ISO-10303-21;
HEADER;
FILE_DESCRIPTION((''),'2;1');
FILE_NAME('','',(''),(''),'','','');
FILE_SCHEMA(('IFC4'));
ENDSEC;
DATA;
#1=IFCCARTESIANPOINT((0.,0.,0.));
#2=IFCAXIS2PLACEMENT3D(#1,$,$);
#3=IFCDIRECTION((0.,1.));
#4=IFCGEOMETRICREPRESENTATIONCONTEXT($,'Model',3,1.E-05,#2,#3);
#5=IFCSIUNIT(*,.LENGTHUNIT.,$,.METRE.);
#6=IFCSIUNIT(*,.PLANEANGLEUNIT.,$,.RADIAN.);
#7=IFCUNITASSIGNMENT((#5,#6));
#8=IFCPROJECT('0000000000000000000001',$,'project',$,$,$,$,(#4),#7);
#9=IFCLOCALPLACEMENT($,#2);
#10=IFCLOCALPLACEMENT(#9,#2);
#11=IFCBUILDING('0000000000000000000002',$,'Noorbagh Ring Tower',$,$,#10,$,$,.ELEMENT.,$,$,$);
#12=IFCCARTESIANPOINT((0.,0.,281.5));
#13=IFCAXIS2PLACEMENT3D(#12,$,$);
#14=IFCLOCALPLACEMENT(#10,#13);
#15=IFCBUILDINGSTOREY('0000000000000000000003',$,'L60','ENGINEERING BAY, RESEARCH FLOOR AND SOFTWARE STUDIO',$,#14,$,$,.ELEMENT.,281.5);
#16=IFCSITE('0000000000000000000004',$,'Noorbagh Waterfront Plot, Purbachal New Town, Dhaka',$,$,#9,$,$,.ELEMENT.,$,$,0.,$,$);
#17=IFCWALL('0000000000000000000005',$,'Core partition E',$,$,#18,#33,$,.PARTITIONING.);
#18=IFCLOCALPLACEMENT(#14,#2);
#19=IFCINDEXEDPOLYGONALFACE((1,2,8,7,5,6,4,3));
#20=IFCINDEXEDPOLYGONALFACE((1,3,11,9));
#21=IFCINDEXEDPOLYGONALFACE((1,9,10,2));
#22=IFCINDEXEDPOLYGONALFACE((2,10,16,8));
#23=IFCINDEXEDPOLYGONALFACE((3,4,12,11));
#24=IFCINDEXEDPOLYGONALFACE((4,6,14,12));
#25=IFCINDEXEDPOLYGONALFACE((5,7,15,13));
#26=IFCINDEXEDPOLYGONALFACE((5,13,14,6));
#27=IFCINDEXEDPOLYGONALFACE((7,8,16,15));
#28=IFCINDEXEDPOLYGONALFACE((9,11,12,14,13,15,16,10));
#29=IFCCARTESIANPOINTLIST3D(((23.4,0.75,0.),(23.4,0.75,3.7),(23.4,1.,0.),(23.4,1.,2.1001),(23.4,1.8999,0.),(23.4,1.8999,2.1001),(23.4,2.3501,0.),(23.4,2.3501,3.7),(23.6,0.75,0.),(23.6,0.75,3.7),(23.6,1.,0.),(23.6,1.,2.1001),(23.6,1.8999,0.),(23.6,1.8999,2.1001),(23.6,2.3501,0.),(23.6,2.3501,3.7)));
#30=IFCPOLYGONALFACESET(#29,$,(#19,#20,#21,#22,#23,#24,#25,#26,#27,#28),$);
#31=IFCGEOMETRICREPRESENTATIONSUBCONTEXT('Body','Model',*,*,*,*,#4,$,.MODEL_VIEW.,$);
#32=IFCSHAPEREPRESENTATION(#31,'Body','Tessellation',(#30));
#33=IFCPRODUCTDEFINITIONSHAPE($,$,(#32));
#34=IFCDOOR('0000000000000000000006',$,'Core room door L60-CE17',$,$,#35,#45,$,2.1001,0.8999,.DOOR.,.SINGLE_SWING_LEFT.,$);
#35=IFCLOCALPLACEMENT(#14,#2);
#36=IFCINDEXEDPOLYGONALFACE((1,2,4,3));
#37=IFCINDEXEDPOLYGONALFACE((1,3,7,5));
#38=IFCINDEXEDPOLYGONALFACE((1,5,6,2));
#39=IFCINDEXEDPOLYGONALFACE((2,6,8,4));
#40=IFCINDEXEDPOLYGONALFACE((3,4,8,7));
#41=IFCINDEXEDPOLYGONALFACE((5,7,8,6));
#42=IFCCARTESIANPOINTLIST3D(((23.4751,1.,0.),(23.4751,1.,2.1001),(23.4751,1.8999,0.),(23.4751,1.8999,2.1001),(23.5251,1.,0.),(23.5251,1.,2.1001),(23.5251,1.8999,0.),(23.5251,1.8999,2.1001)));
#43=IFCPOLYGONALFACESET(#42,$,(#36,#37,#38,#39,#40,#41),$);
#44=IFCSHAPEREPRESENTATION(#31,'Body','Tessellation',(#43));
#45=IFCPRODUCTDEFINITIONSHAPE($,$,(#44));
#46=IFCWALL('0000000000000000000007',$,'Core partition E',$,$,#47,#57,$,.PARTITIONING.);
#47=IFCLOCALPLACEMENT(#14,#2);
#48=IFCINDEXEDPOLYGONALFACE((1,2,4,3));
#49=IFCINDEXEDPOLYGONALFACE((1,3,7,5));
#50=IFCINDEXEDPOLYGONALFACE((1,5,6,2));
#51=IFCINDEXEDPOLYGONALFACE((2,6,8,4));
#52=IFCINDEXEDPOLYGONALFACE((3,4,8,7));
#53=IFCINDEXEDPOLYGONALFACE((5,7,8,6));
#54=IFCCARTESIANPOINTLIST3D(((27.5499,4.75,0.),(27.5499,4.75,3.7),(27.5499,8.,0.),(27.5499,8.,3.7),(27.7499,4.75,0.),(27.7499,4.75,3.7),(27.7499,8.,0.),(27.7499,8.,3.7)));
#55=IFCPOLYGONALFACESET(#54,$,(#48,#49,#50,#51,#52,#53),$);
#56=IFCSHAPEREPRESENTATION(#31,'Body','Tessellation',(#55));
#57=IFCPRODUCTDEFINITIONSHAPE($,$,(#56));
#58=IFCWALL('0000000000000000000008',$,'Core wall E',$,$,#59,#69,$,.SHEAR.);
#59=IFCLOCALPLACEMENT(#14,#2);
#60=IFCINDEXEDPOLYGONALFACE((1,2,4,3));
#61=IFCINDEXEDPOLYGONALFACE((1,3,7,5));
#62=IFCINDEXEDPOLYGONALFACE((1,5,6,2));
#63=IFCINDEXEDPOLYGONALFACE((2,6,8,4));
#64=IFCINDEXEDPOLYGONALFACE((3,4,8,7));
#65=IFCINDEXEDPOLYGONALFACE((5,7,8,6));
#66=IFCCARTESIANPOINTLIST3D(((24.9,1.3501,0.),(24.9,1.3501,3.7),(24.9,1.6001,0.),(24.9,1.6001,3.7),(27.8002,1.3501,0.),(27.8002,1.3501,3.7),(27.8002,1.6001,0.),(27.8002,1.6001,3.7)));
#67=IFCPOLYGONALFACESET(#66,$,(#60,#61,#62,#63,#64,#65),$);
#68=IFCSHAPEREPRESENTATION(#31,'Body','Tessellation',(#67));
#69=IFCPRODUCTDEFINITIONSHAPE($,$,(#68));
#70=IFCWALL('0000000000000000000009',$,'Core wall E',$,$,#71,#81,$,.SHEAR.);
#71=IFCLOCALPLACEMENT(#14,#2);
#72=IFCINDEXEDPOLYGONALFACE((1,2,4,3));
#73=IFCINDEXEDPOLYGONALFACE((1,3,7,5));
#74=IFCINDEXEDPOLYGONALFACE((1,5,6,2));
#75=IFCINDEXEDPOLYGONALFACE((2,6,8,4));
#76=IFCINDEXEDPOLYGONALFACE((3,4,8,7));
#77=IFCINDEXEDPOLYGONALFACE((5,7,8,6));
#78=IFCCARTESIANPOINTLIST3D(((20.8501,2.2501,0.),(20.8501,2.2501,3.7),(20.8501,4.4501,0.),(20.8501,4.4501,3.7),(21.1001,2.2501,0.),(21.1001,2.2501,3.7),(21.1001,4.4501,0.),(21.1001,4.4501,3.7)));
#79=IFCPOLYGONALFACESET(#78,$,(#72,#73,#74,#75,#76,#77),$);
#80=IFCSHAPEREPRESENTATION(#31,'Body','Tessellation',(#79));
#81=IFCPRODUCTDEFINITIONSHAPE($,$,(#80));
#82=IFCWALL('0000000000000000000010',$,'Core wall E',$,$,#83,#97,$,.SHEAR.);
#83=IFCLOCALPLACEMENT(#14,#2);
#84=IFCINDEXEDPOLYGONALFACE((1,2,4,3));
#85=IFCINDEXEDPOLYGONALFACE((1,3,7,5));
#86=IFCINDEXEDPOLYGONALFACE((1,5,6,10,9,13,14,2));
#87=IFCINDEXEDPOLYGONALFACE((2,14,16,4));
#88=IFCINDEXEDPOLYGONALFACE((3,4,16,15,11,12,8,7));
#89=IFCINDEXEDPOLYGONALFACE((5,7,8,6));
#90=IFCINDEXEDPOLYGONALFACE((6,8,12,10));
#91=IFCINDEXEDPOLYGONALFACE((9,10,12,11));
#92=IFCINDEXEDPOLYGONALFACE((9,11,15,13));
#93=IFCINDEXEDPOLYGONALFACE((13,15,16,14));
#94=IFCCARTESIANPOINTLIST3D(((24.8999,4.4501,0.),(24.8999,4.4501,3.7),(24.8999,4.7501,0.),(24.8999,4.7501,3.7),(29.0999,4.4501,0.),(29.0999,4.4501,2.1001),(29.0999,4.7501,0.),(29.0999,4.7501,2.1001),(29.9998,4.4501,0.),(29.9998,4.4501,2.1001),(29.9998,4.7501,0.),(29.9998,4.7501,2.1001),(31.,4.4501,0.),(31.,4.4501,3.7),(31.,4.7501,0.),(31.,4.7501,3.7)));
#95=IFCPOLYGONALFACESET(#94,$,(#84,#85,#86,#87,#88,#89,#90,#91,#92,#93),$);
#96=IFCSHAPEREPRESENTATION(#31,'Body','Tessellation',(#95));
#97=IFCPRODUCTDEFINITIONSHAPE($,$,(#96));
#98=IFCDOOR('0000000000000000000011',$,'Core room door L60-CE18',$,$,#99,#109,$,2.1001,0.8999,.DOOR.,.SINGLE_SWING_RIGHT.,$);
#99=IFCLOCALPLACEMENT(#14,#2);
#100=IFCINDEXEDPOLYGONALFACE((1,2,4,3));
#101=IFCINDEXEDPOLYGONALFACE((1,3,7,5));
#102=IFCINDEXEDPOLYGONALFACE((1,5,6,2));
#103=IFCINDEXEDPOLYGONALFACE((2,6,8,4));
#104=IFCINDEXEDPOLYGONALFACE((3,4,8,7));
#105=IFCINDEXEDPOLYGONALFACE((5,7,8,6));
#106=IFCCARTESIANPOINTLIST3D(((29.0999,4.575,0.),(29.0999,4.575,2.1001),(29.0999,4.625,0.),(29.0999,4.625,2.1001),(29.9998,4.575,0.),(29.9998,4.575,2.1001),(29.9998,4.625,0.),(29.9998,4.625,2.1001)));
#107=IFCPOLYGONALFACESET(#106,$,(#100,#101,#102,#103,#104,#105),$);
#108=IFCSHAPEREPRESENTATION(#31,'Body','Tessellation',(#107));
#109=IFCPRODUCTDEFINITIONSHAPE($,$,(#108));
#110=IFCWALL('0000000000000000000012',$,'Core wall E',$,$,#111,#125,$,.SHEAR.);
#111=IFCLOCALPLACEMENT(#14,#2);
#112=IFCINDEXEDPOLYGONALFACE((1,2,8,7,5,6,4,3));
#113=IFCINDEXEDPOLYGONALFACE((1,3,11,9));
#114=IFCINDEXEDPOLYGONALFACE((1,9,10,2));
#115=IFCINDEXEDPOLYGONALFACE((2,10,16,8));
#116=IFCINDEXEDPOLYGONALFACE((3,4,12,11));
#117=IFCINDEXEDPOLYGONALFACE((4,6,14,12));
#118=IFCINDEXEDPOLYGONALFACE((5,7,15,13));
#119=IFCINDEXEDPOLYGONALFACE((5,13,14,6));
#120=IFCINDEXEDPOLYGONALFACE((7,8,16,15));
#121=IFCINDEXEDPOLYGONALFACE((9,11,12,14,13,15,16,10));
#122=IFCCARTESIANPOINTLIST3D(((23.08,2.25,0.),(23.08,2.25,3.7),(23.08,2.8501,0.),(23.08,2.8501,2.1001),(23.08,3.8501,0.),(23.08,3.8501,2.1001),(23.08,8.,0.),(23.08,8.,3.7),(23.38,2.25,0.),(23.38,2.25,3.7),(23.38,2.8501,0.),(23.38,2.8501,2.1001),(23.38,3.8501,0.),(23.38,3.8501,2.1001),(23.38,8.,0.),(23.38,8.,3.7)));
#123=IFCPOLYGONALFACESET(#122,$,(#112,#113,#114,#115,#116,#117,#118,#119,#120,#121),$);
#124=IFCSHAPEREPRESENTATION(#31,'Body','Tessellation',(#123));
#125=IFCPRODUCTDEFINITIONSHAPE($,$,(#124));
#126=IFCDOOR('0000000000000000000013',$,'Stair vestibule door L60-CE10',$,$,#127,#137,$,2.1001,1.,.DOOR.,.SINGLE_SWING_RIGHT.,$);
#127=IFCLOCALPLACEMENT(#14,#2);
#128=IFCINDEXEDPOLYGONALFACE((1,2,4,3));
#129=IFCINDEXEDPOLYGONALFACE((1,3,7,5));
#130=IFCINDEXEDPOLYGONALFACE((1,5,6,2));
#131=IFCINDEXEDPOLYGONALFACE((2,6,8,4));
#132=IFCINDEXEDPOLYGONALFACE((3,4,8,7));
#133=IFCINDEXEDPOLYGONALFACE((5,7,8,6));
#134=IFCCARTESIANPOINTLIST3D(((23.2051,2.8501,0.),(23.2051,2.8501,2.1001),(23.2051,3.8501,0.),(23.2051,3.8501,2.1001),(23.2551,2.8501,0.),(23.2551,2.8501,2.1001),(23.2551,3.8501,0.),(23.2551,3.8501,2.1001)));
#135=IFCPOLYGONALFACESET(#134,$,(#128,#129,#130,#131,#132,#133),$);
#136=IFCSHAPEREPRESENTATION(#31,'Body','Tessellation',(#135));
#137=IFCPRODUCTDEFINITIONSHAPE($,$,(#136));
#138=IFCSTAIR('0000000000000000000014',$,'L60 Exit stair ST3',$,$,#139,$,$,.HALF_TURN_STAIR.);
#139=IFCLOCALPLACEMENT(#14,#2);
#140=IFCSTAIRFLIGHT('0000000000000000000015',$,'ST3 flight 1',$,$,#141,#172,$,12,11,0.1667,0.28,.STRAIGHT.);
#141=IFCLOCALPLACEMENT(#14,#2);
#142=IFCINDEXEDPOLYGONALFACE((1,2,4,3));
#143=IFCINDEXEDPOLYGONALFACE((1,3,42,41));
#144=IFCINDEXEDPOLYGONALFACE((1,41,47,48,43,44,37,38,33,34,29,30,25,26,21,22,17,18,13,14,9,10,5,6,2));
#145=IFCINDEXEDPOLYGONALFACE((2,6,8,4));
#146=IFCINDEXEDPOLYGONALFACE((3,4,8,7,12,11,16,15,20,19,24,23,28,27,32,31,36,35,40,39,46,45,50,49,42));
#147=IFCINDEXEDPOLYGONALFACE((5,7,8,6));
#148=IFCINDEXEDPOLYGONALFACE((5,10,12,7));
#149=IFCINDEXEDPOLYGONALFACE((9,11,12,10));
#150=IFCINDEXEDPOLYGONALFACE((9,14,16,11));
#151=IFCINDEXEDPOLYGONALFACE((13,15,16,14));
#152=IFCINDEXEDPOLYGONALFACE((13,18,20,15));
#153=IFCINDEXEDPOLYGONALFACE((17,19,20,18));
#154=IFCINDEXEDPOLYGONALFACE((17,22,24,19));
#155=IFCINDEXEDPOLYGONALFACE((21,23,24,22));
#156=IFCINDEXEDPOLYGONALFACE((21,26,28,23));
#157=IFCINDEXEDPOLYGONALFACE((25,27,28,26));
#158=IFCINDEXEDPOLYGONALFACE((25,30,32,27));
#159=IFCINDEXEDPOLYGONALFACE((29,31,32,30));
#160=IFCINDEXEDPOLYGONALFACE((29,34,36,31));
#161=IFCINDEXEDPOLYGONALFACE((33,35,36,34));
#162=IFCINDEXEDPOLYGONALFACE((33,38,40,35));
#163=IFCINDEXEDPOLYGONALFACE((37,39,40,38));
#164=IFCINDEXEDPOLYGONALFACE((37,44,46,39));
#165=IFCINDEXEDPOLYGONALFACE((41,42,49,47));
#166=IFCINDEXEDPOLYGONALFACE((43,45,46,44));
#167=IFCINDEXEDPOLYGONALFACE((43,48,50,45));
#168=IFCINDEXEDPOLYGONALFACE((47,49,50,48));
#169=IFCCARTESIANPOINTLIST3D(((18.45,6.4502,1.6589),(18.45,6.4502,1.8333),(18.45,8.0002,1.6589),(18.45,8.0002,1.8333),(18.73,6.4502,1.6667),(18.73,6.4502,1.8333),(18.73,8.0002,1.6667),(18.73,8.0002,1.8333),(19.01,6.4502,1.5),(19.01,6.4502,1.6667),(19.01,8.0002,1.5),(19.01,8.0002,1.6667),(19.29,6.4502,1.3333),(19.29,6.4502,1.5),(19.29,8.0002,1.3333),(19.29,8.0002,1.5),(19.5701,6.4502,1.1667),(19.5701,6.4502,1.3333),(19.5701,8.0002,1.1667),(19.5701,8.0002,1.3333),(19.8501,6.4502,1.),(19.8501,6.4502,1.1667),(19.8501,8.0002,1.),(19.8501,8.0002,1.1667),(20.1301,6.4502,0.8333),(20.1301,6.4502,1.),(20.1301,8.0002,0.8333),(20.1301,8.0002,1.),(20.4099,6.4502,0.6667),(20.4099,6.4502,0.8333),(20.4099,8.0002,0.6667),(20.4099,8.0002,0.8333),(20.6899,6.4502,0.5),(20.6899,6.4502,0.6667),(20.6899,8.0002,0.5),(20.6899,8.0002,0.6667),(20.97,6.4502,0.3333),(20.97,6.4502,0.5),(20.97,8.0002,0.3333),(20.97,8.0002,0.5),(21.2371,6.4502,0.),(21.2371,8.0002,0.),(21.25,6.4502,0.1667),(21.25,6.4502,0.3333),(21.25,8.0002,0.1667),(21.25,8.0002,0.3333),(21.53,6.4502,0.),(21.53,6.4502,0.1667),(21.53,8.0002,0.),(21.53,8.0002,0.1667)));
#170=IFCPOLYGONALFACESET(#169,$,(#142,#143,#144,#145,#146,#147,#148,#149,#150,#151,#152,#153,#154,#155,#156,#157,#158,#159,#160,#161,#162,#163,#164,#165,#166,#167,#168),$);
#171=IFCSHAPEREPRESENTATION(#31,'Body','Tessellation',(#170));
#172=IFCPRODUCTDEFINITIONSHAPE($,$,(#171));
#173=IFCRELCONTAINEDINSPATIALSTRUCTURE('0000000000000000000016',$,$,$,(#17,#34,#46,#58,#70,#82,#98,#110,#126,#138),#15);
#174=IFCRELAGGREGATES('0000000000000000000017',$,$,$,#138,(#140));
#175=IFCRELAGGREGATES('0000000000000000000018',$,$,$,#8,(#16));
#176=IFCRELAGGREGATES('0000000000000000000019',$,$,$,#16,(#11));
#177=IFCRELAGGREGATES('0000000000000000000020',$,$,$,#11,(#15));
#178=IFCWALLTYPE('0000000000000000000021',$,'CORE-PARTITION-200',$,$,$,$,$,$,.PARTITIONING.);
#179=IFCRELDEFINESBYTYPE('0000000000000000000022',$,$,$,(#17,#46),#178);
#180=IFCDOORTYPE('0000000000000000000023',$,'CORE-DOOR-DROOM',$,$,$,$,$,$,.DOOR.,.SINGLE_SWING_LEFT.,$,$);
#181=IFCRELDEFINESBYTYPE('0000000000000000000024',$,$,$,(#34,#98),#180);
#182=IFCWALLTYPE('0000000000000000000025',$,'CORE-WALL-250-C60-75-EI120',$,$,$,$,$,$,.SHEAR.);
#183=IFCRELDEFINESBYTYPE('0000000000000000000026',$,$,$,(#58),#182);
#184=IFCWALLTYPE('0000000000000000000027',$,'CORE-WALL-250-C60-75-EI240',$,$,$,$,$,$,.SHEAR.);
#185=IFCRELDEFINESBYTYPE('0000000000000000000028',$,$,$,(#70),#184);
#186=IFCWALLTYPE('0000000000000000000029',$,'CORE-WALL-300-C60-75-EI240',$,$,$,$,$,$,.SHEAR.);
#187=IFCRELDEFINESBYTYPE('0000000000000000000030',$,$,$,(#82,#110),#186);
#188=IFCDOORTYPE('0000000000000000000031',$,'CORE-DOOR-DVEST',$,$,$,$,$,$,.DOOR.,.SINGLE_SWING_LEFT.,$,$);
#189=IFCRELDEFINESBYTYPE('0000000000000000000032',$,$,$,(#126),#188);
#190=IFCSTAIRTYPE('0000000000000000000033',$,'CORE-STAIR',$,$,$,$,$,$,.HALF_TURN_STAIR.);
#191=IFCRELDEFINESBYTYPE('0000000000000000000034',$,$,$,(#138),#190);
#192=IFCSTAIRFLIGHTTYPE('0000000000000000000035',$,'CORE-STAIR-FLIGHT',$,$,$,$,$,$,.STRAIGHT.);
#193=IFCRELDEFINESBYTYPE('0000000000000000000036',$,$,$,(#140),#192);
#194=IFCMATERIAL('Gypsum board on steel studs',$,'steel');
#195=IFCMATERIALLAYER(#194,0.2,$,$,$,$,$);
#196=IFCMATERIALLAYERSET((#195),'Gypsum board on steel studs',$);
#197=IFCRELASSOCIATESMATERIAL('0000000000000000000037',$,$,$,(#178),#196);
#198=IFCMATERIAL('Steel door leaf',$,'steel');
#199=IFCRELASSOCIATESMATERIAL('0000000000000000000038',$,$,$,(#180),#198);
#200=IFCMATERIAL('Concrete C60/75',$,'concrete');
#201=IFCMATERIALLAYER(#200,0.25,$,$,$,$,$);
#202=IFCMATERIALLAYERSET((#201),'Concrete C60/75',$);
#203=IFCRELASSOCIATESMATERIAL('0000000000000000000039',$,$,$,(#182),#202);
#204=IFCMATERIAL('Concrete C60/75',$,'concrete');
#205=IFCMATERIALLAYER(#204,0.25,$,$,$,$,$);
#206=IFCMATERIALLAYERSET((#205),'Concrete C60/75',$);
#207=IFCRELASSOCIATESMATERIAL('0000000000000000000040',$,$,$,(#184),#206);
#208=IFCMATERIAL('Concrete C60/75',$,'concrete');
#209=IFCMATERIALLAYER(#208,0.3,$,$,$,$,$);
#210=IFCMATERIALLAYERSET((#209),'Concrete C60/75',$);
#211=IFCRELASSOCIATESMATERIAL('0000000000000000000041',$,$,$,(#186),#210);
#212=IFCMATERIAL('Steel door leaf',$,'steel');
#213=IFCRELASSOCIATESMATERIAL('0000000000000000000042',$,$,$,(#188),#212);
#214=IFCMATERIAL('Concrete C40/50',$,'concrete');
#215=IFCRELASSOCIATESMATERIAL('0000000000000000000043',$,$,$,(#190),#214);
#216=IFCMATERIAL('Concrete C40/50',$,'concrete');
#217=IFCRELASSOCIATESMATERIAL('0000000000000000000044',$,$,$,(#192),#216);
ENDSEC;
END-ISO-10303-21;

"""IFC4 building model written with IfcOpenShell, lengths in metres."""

from ifc_helpers import new_model, si_unit, direction, frame, frame_2d, origin, place, context, subcontext, project, spatial, polyline, rectangle, outline, extrude, material, layer, layer_set, type_object, element, fill, aggregate, save


model = new_model("IFC4")

# Units and contexts
model_context = context("Model", 3, precision=1e-05, world=origin(), true_north=direction((0.0, 1.0)))
body_context = subcontext(model_context, "Body", "Model", "MODEL_VIEW")
ifc_project = project(units=[si_unit("LENGTHUNIT", "METRE"), si_unit("PLANEANGLEUNIT", "RADIAN")], contexts=[model_context])

# Site, building, storey
site_placement = place(None, origin())
site = spatial("IfcSite", under=ifc_project, at=site_placement, Name="Noorbagh Waterfront Plot, Purbachal New Town, Dhaka", CompositionType="ELEMENT", RefElevation=0.0)
building_placement = place(site_placement, origin())
building = spatial("IfcBuilding", under=site, at=building_placement, Name="Noorbagh Ring Tower", CompositionType="ELEMENT")
storey_placement = place(building_placement, frame((0.0, 0.0, 281.5)))
storey = spatial("IfcBuildingStorey", under=building, at=storey_placement, Name="L60", Description="ENGINEERING BAY, RESEARCH FLOOR AND SOFTWARE STUDIO", CompositionType="ELEMENT", Elevation=281.5)

# Shared definitions
ifc_material_1 = material(Name="Gypsum board on steel studs", Category="steel")
ifc_layer_1 = layer(ifc_material_1, 0.2)
ifc_layer_set_1 = layer_set([ifc_layer_1], Name="Gypsum board on steel studs")
wall_type_1 = type_object("IfcWallType", Name="CORE-PARTITION-200", PredefinedType="PARTITIONING", material=ifc_layer_set_1)

# Wall, opening, door
wall_1_placement = place(storey_placement, frame((23.5, 0.75, 0.0), z_axis=(0.0, 0.0, 1.0), x_axis=(0.0, 1.0, 0.0)))
wall_1 = element("IfcWall", 1, at=wall_1_placement, inside=storey, type_object=wall_type_1, Name="Core partition E", PredefinedType="PARTITIONING", context=body_context, shape_type="SweptSolid", body=[
    extrude(rectangle(XDim=1.6001, YDim=0.2, at=frame_2d((0.8, 0.0))), origin(), (0.0, 0.0, 1.0), 3.7),
])
opening_1_placement = place(wall_1_placement, frame((0.25, 0.0, 0.0)))
opening_1 = element("IfcOpeningElement", 2, at=opening_1_placement, cuts=wall_1, PredefinedType="OPENING", context=body_context, shape_type="SweptSolid", body=[
    extrude(rectangle(XDim=0.8999, YDim=2.1001, at=frame_2d((0.45, 1.05))), frame((0.0, 0.1099, 0.0), z_axis=(0.0, -1.0, 0.0), x_axis=(1.0, 0.0, 0.0)), (0.0, 0.0, 1.0), 0.22),
])
ifc_material_2 = material(Name="Steel door leaf", Category="steel")
door_type_1 = type_object("IfcDoorType", Name="CORE-DOOR-DROOM", OperationType="SINGLE_SWING_LEFT", PredefinedType="DOOR", material=ifc_material_2)
door_1_placement = place(opening_1_placement, origin())
door_1 = element("IfcDoor", 3, at=door_1_placement, inside=storey, type_object=door_type_1, Name="Core room door L60-CE17", OperationType="SINGLE_SWING_LEFT", OverallHeight=2.1001, OverallWidth=0.8999, PredefinedType="DOOR", context=body_context, shape_type="SweptSolid", body=[
    extrude(rectangle(XDim=0.8999, YDim=2.1001, at=frame_2d((0.45, 1.05))), frame((0.0, 0.0249, 0.0), z_axis=(0.0, -1.0, 0.0), x_axis=(1.0, 0.0, 0.0)), (0.0, 0.0, 1.0), 0.05),
])
fill(opening_1, door_1)

# Walls
wall_2_placement = place(storey_placement, frame((27.6499, 4.75, 0.0), z_axis=(0.0, 0.0, 1.0), x_axis=(0.0, 1.0, 0.0)))
element("IfcWall", 4, at=wall_2_placement, inside=storey, type_object=wall_type_1, Name="Core partition E", PredefinedType="PARTITIONING", context=body_context, shape_type="SweptSolid", body=[
    extrude(rectangle(XDim=3.25, YDim=0.2, at=frame_2d((1.625, 0.0))), origin(), (0.0, 0.0, 1.0), 3.7),
])
ifc_material_3 = material(Name="Concrete C60/75", Category="concrete")
ifc_layer_2 = layer(ifc_material_3, 0.25)
ifc_layer_set_2 = layer_set([ifc_layer_2], Name="Concrete C60/75")
wall_type_2 = type_object("IfcWallType", Name="CORE-WALL-250-C60-75-EI120", PredefinedType="SHEAR", material=ifc_layer_set_2)
wall_3_placement = place(storey_placement, frame((24.8999, 1.4751, 0.0), z_axis=(0.0, 0.0, 1.0), x_axis=(1.0, 0.0, 0.0)))
element("IfcWall", 5, at=wall_3_placement, inside=storey, type_object=wall_type_2, Name="Core wall E", PredefinedType="SHEAR", context=body_context, shape_type="SweptSolid", body=[
    extrude(rectangle(XDim=2.9001, YDim=0.25, at=frame_2d((1.4502, 0.0))), origin(), (0.0, 0.0, 1.0), 3.7),
])
ifc_material_4 = material(Name="Concrete C60/75", Category="concrete")
ifc_layer_3 = layer(ifc_material_4, 0.25)
ifc_layer_set_3 = layer_set([ifc_layer_3], Name="Concrete C60/75")
wall_type_3 = type_object("IfcWallType", Name="CORE-WALL-250-C60-75-EI240", PredefinedType="SHEAR", material=ifc_layer_set_3)
wall_4_placement = place(storey_placement, frame((20.9751, 2.25, 0.0), z_axis=(0.0, 0.0, 1.0), x_axis=(0.0, 1.0, 0.0)))
element("IfcWall", 6, at=wall_4_placement, inside=storey, type_object=wall_type_3, Name="Core wall E", PredefinedType="SHEAR", context=body_context, shape_type="SweptSolid", body=[
    extrude(rectangle(XDim=2.2, YDim=0.25, at=frame_2d((1.1001, 0.0))), origin(), (0.0, 0.0, 1.0), 3.7),
])

# Walls, openings, doors
ifc_material_5 = material(Name="Concrete C60/75", Category="concrete")
ifc_layer_4 = layer(ifc_material_5, 0.3)
ifc_layer_set_4 = layer_set([ifc_layer_4], Name="Concrete C60/75")
wall_type_4 = type_object("IfcWallType", Name="CORE-WALL-300-C60-75-EI240", PredefinedType="SHEAR", material=ifc_layer_set_4)
wall_5_placement = place(storey_placement, frame((24.8999, 4.6001, 0.0), z_axis=(0.0, 0.0, 1.0), x_axis=(1.0, 0.0, 0.0)))
wall_5 = element("IfcWall", 7, at=wall_5_placement, inside=storey, type_object=wall_type_4, Name="Core wall E", PredefinedType="SHEAR", context=body_context, shape_type="SweptSolid", body=[
    extrude(rectangle(XDim=6.1001, YDim=0.3, at=frame_2d((3.05, 0.0))), origin(), (0.0, 0.0, 1.0), 3.7),
])
opening_2_placement = place(wall_5_placement, frame((4.2, 0.0, 0.0)))
opening_2 = element("IfcOpeningElement", 8, at=opening_2_placement, cuts=wall_5, PredefinedType="OPENING", context=body_context, shape_type="SweptSolid", body=[
    extrude(rectangle(XDim=0.8999, YDim=2.1001, at=frame_2d((0.45, 1.05))), frame((0.0, 0.1602, 0.0), z_axis=(0.0, -1.0, 0.0), x_axis=(1.0, 0.0, 0.0)), (0.0, 0.0, 1.0), 0.3201),
])
door_2_placement = place(opening_2_placement, origin())
door_2 = element("IfcDoor", 9, at=door_2_placement, inside=storey, type_object=door_type_1, Name="Core room door L60-CE18", OperationType="SINGLE_SWING_RIGHT", OverallHeight=2.1001, OverallWidth=0.8999, PredefinedType="DOOR", context=body_context, shape_type="SweptSolid", body=[
    extrude(rectangle(XDim=0.8999, YDim=2.1001, at=frame_2d((0.45, 1.05))), frame((0.0, 0.0249, 0.0), z_axis=(0.0, -1.0, 0.0), x_axis=(1.0, 0.0, 0.0)), (0.0, 0.0, 1.0), 0.05),
])
fill(opening_2, door_2)
wall_6_placement = place(storey_placement, frame((23.23, 2.25, 0.0), z_axis=(0.0, 0.0, 1.0), x_axis=(0.0, 1.0, 0.0)))
wall_6 = element("IfcWall", 10, at=wall_6_placement, inside=storey, type_object=wall_type_4, Name="Core wall E", PredefinedType="SHEAR", context=body_context, shape_type="SweptSolid", body=[
    extrude(rectangle(XDim=5.75, YDim=0.3, at=frame_2d((2.875, 0.0))), origin(), (0.0, 0.0, 1.0), 3.7),
])
opening_3_placement = place(wall_6_placement, frame((0.6001, 0.0, 0.0)))
opening_3 = element("IfcOpeningElement", 11, at=opening_3_placement, cuts=wall_6, PredefinedType="OPENING", context=body_context, shape_type="SweptSolid", body=[
    extrude(rectangle(XDim=1.0, YDim=2.1001, at=frame_2d((0.5, 1.05))), frame((0.0, 0.1602, 0.0), z_axis=(0.0, -1.0, 0.0), x_axis=(1.0, 0.0, 0.0)), (0.0, 0.0, 1.0), 0.3201),
])
ifc_material_6 = material(Name="Steel door leaf", Category="steel")
door_type_2 = type_object("IfcDoorType", Name="CORE-DOOR-DVEST", OperationType="SINGLE_SWING_LEFT", PredefinedType="DOOR", material=ifc_material_6)
door_3_placement = place(opening_3_placement, origin())
door_3 = element("IfcDoor", 12, at=door_3_placement, inside=storey, type_object=door_type_2, Name="Stair vestibule door L60-CE10", OperationType="SINGLE_SWING_RIGHT", OverallHeight=2.1001, OverallWidth=1.0, PredefinedType="DOOR", context=body_context, shape_type="SweptSolid", body=[
    extrude(rectangle(XDim=1.0, YDim=2.1001, at=frame_2d((0.5, 1.05))), frame((0.0, 0.0249, 0.0), z_axis=(0.0, -1.0, 0.0), x_axis=(1.0, 0.0, 0.0)), (0.0, 0.0, 1.0), 0.05),
])
fill(opening_3, door_3)

# Stair, stair flight
ifc_material_7 = material(Name="Concrete C40/50", Category="concrete")
stair_type = type_object("IfcStairType", Name="CORE-STAIR", PredefinedType="HALF_TURN_STAIR", material=ifc_material_7)
stair_placement = place(storey_placement, origin())
stair = element("IfcStair", 13, at=stair_placement, inside=storey, type_object=stair_type, Name="L60 Exit stair ST3", PredefinedType="HALF_TURN_STAIR")
ifc_material_8 = material(Name="Concrete C40/50", Category="concrete")
stair_flight_type = type_object("IfcStairFlightType", Name="CORE-STAIR-FLIGHT", PredefinedType="STRAIGHT", material=ifc_material_8)
stair_flight_placement = place(storey_placement, frame((21.53, 7.2251, 0.0), z_axis=(0.0, 0.0, 1.0), x_axis=(-1.0, 0.0, 0.0)))
stair_flight = element("IfcStairFlight", 14, at=stair_flight_placement, type_object=stair_flight_type, Name="ST3 flight 1", NumberOfRisers=12, NumberOfTreads=11, PredefinedType="STRAIGHT", RiserHeight=0.1667, TreadLength=0.28, context=body_context, shape_type="SweptSolid", body=[
    extrude(outline(polyline([(0.0, 0.0), (0.0, 0.1667), (0.28, 0.1667), (0.28, 0.3333), (0.5601, 0.3333), (0.5601, 0.5), (0.8401, 0.5), (0.8401, 0.6667), (1.1201, 0.6667), (1.1201, 0.8333), (1.3999, 0.8333), (1.3999, 1.0), (1.6799, 1.0), (1.6799, 1.1667), (1.96, 1.1667), (1.96, 1.3333), (2.24, 1.3333), (2.24, 1.5), (2.52, 1.5), (2.52, 1.6667), (2.8, 1.6667), (2.8, 1.8333), (3.0801, 1.8333), (3.0801, 2.0), (3.0801, 1.6589), (0.293, 0.0), (0.0, 0.0)])), frame((0.0, 0.7749, 0.0), z_axis=(0.0, -1.0, 0.0), x_axis=(1.0, 0.0, 0.0)), (0.0, 0.0, 1.0), 1.55),
])
aggregate(stair, [stair_flight])

save(model, "model.ifc")
